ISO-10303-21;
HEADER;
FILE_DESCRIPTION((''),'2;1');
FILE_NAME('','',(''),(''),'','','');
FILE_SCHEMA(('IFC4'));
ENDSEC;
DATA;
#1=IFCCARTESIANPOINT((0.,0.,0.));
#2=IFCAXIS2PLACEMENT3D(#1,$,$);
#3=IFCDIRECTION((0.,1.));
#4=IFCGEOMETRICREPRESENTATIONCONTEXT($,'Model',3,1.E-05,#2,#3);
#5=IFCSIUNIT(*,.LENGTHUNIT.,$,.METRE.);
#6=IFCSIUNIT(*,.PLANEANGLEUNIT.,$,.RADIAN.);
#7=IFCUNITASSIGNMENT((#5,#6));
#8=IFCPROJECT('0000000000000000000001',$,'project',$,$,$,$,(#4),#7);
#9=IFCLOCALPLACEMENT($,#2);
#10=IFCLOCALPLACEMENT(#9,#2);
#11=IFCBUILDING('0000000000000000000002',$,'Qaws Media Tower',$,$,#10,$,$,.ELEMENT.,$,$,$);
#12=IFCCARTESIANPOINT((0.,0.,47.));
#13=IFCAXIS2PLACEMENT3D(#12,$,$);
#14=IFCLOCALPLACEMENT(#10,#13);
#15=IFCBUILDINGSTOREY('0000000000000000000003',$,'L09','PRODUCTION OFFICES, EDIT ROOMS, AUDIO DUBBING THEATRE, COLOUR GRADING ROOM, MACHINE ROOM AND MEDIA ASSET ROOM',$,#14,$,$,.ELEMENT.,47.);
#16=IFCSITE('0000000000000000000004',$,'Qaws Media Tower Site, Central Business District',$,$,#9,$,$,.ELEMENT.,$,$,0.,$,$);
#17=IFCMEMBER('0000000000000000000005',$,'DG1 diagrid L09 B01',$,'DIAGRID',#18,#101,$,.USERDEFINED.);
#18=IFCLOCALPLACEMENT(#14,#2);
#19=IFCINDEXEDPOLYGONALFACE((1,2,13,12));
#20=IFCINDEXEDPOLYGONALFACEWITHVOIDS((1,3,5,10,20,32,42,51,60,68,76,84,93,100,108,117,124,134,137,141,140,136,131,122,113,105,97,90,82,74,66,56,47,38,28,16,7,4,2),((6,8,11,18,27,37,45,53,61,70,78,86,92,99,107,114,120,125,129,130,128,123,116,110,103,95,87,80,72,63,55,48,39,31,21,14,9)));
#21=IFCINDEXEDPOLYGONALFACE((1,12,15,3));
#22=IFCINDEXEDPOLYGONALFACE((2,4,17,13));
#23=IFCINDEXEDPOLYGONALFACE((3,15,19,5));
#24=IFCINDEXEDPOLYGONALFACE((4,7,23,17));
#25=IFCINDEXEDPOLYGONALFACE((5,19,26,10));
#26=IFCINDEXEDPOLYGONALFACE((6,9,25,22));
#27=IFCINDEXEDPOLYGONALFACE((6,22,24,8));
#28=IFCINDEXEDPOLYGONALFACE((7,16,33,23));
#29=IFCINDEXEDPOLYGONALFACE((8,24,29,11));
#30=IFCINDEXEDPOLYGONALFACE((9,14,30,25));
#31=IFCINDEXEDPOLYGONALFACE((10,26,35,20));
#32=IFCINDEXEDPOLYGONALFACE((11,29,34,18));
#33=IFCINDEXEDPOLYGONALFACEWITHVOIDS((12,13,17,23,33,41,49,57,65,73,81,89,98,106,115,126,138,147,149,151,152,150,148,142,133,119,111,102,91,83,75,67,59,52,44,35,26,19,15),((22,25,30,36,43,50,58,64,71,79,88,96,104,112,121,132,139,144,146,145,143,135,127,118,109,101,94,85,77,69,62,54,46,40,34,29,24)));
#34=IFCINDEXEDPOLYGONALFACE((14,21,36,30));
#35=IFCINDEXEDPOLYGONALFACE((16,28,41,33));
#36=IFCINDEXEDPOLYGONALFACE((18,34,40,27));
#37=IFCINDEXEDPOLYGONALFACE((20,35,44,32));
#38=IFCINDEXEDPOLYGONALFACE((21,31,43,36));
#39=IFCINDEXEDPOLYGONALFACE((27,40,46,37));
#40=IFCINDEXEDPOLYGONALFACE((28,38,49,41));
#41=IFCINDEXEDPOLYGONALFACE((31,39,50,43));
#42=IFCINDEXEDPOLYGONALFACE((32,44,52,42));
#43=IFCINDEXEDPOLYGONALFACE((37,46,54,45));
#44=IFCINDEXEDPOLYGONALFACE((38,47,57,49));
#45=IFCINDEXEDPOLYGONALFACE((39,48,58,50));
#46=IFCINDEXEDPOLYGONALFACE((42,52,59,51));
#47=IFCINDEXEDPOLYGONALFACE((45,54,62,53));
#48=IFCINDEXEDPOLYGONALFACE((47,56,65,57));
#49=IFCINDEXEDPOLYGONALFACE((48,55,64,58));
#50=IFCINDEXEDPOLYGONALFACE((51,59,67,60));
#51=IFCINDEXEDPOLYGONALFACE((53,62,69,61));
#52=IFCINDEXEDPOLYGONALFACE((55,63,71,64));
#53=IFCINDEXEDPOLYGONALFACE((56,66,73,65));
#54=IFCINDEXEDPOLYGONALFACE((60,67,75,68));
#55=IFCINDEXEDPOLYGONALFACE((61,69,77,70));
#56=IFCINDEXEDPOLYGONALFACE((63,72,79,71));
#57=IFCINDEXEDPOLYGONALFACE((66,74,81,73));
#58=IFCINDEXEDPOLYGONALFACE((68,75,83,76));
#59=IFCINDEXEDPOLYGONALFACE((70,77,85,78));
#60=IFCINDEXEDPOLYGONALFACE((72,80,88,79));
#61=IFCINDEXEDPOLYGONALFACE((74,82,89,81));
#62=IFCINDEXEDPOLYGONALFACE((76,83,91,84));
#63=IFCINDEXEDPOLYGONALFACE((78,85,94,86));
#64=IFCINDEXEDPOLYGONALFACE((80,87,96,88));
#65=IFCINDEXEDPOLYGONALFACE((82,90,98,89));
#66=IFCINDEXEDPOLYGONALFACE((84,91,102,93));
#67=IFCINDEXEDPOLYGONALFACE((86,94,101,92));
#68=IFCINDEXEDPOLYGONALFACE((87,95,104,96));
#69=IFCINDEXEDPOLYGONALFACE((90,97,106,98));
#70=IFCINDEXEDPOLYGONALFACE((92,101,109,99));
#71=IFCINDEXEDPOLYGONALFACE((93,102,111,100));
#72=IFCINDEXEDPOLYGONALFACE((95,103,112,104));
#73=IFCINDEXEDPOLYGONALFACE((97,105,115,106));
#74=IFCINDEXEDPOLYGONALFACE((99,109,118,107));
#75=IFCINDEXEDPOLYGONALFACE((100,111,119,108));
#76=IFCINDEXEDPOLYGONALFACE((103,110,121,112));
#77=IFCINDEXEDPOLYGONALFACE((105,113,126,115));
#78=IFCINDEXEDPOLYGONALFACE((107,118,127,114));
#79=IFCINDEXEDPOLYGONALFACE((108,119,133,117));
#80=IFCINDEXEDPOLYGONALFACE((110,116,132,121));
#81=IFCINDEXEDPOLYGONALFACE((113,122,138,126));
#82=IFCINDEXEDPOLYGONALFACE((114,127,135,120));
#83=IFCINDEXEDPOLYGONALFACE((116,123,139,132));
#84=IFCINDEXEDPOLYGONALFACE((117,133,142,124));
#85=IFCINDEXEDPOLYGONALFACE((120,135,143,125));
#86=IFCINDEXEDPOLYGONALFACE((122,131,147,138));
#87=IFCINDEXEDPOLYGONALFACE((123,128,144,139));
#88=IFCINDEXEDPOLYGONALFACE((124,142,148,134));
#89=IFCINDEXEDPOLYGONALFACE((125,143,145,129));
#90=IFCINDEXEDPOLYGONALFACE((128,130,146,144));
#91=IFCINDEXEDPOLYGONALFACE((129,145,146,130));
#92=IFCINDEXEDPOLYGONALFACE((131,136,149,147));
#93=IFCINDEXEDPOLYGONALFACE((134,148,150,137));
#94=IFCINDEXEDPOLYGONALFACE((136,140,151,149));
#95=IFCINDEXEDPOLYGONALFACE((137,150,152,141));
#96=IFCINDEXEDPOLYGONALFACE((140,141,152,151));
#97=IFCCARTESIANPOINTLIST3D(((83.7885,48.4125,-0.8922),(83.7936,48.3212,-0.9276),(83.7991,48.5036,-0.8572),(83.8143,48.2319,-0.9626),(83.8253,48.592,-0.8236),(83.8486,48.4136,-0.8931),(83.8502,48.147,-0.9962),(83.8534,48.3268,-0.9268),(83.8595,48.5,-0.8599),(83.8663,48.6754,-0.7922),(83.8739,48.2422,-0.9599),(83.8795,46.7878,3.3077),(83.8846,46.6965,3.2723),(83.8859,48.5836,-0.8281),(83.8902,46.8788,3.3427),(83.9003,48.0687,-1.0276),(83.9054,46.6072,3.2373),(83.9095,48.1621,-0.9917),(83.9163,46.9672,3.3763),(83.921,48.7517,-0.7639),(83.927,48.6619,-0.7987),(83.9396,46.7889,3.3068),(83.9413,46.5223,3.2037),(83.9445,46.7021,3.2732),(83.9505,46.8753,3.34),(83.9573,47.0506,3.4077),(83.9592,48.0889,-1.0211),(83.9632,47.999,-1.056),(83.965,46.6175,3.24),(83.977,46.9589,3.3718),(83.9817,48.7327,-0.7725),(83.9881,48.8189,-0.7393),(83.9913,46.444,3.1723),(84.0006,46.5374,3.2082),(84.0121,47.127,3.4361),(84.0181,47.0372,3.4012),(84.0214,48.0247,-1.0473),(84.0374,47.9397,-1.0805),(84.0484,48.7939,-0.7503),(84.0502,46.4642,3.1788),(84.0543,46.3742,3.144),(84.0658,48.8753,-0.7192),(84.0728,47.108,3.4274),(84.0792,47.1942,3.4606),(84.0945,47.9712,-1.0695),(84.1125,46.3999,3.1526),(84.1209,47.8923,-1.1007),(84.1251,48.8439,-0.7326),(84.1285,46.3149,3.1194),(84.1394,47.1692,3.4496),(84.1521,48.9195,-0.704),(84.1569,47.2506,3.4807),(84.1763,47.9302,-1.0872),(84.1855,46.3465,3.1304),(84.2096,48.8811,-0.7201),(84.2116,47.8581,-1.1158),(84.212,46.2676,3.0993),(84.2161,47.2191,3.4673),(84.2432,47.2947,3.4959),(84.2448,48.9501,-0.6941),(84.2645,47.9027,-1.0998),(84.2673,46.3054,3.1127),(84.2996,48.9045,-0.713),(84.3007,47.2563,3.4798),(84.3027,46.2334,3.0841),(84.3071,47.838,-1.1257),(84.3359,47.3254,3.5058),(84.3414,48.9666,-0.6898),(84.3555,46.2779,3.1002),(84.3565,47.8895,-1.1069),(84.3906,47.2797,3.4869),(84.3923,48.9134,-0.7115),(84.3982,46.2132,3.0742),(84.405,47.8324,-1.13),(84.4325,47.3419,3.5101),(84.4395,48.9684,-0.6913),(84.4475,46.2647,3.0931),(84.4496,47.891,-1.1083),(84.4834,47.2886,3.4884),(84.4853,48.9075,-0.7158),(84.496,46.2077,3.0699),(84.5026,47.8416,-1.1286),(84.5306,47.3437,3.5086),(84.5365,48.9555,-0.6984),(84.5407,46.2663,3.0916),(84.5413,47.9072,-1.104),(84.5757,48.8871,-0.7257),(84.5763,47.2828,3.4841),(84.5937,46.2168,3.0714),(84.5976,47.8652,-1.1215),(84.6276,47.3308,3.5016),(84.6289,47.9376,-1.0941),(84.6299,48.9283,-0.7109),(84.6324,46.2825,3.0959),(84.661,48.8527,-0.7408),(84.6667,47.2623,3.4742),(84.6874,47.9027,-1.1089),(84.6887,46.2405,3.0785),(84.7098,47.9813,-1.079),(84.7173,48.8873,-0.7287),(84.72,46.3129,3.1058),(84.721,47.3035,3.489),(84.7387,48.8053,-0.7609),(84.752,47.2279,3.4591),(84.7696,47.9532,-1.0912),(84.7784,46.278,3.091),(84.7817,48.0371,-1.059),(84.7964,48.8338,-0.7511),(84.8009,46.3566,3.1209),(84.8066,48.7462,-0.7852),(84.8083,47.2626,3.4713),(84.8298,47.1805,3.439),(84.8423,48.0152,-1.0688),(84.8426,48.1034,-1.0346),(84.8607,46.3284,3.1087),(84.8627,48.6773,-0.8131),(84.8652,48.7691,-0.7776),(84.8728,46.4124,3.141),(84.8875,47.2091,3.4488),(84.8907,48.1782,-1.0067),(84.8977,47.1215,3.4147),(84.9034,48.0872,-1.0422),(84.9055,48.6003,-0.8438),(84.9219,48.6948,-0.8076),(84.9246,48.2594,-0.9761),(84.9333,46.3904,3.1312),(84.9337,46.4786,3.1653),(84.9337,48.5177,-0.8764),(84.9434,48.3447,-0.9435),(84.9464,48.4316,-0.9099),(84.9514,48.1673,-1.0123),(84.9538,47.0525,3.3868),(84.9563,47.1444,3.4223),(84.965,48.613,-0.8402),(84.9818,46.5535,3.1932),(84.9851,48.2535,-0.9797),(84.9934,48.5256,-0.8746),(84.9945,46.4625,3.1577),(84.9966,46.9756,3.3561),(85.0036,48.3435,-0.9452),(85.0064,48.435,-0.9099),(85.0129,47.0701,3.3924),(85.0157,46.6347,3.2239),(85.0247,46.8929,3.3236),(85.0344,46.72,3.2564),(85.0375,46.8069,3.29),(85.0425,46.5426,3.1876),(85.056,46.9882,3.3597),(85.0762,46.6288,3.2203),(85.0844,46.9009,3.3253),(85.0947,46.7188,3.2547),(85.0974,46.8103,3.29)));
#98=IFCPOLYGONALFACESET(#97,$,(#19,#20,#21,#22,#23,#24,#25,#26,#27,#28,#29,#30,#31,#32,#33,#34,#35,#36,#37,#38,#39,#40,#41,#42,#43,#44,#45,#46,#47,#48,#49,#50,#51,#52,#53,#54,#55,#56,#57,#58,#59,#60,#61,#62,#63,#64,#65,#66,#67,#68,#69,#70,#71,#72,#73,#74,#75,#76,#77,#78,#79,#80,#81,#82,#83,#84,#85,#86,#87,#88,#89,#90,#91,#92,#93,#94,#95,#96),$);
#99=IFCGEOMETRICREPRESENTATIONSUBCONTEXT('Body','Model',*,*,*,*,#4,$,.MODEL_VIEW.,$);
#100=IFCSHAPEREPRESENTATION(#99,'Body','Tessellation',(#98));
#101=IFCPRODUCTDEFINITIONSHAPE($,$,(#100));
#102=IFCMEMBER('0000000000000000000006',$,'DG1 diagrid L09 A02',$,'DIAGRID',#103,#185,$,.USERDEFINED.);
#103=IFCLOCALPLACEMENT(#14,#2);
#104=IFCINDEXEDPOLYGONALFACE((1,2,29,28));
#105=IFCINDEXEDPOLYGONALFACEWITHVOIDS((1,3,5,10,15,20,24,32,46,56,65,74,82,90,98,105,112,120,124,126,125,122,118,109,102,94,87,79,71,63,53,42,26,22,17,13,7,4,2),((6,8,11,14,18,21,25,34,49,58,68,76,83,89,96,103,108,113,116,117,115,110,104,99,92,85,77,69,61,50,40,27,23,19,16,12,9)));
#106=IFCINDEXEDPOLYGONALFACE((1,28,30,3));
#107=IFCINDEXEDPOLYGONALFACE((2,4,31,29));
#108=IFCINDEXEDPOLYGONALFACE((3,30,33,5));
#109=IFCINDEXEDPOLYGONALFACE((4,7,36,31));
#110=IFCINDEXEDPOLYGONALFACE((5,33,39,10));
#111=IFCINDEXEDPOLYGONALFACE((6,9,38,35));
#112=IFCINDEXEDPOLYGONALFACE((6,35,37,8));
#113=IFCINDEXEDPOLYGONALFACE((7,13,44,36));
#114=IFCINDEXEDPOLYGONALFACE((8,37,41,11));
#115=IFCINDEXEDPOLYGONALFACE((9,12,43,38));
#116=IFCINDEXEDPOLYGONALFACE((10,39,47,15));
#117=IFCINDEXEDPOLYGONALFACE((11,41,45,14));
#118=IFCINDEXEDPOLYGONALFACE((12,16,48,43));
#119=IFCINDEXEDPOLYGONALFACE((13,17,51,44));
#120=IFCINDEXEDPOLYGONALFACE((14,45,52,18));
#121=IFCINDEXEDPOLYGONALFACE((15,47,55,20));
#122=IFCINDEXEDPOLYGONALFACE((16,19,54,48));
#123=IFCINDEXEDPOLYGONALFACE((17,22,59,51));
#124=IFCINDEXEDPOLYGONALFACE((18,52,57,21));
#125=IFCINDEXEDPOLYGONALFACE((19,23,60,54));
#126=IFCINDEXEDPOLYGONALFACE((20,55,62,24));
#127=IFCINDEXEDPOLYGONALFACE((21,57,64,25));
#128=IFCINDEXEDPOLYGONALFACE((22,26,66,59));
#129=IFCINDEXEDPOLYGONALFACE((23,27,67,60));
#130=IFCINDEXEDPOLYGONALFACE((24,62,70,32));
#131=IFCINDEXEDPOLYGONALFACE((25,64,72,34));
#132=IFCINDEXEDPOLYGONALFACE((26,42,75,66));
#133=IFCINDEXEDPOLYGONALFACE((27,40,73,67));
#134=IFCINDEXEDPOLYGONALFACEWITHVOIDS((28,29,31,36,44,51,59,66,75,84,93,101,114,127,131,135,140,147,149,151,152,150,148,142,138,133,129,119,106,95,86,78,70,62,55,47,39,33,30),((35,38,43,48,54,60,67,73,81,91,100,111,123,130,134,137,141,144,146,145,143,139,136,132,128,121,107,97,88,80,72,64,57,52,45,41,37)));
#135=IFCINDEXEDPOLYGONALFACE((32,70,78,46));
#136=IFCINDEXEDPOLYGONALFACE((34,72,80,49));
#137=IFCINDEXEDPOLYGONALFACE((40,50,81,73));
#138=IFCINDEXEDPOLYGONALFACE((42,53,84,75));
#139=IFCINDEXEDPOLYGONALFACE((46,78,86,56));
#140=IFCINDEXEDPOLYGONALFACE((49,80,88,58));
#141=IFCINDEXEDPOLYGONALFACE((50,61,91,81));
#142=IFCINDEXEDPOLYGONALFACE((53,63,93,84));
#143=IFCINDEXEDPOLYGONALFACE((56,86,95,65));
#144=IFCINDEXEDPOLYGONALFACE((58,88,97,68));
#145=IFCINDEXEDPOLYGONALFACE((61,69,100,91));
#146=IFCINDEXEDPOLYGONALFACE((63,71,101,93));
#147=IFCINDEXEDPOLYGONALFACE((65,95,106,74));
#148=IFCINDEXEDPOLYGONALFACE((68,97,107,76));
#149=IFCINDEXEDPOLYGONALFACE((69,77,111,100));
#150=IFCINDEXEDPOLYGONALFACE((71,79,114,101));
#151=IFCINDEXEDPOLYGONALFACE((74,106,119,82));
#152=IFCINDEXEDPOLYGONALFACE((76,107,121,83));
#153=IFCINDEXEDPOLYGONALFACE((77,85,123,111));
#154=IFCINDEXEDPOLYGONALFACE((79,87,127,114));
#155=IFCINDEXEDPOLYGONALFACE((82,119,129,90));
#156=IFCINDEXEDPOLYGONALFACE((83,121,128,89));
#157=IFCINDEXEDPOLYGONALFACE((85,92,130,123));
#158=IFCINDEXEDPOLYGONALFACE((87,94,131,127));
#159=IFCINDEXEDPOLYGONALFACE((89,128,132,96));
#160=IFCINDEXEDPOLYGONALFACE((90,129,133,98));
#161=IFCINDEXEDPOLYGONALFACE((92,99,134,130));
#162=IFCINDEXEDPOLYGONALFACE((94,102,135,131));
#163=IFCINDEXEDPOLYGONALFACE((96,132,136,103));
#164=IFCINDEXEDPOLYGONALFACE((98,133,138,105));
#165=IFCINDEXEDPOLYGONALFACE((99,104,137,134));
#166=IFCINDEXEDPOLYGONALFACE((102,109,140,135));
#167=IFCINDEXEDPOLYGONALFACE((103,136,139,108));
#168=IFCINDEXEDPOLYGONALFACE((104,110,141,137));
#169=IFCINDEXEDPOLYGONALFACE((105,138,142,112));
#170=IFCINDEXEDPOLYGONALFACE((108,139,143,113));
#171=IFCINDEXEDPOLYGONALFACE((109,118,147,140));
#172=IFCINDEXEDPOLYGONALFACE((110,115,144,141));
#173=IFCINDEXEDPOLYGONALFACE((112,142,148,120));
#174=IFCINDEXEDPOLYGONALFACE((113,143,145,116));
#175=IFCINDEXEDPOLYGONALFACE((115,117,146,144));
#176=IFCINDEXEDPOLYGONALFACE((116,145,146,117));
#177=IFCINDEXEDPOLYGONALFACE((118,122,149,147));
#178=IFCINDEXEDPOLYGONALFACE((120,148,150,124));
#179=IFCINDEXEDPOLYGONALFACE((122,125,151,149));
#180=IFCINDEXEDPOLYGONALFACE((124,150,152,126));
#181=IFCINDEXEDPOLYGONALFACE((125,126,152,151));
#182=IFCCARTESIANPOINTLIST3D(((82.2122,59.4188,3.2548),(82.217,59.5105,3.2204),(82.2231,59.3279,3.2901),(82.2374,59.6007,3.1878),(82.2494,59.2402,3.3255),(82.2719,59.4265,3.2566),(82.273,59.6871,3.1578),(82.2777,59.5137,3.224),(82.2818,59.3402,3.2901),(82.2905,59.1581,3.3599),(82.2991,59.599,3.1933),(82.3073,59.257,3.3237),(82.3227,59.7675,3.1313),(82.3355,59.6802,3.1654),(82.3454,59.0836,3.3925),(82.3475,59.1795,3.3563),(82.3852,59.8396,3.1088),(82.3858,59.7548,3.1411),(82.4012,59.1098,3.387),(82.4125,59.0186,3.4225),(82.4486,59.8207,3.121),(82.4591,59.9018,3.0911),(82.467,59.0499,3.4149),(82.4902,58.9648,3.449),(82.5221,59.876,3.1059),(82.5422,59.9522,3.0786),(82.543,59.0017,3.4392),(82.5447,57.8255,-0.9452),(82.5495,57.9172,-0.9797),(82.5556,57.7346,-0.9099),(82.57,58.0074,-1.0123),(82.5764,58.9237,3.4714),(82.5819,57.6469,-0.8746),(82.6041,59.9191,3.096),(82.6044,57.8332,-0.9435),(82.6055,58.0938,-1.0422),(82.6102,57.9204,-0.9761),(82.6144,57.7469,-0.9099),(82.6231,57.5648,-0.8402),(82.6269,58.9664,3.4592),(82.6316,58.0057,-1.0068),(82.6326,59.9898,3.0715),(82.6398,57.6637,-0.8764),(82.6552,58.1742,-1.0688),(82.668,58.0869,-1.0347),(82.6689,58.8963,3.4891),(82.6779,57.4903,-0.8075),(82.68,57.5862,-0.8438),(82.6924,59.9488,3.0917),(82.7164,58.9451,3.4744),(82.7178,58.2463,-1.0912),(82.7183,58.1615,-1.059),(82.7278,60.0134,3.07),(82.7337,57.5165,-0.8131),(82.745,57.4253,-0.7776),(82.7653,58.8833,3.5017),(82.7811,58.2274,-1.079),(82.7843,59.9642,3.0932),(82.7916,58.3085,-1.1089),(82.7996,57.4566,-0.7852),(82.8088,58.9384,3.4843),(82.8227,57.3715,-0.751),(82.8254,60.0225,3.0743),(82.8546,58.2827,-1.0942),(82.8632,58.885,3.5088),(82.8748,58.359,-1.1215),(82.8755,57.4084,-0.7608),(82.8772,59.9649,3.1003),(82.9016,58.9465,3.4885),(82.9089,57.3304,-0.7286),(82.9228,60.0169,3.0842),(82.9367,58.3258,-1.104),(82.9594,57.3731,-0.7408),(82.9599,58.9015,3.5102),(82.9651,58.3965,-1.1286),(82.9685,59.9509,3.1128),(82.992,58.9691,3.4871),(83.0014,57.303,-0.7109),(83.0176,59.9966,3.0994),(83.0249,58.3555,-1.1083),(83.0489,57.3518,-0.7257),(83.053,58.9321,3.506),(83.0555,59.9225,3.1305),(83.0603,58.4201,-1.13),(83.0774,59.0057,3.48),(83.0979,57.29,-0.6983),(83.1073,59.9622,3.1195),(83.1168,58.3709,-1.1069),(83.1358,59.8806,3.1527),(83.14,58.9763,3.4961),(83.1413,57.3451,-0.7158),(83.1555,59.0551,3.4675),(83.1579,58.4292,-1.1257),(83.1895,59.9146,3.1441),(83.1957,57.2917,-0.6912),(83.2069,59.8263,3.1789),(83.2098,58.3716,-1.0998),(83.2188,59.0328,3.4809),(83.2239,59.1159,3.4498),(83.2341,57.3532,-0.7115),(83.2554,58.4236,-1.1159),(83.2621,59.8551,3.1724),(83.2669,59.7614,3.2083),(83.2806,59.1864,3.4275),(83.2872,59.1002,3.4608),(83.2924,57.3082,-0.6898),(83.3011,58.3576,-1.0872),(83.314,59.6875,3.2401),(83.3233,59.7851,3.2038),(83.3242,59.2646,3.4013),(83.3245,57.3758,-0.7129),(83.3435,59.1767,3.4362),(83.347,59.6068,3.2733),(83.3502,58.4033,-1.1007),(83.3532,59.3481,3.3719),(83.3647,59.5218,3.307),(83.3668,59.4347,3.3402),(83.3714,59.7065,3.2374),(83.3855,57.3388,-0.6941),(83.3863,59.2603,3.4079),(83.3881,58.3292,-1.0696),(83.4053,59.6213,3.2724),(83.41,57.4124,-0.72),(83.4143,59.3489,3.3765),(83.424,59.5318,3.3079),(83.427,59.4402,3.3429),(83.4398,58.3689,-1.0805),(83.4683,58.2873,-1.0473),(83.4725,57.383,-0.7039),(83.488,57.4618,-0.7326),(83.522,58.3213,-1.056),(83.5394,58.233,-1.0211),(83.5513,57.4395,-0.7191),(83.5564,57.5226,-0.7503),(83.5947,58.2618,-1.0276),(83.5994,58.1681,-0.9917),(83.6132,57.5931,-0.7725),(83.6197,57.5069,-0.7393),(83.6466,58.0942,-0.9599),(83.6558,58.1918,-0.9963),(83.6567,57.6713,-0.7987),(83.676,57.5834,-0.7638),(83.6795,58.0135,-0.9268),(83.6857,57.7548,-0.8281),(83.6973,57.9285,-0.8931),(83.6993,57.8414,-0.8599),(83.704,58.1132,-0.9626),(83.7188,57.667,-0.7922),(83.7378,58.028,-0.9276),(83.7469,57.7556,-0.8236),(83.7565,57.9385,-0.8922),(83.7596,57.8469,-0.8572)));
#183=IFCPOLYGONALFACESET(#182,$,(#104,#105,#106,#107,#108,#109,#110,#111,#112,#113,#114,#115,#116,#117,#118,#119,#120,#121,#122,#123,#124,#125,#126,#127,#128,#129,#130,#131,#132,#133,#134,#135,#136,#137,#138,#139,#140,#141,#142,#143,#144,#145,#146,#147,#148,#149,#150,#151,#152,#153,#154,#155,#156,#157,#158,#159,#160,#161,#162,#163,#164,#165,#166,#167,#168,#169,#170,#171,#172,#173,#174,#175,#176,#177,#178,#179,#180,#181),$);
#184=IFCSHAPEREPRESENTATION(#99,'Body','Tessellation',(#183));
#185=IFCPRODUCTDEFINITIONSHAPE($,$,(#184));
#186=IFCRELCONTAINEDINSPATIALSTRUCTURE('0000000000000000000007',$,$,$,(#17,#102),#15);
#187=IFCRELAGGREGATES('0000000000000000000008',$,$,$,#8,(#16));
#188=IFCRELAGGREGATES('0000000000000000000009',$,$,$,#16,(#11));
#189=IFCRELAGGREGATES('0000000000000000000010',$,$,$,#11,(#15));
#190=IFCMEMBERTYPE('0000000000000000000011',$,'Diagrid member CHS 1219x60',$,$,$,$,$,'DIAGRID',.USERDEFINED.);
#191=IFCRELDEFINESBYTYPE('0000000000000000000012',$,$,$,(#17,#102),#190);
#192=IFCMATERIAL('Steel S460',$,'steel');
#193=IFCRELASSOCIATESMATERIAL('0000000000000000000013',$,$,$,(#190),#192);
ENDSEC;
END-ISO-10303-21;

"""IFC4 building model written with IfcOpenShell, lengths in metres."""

from ifc_helpers import new_model, si_unit, direction, frame, origin, origin_2d, place, context, subcontext, project, spatial, hollow_circle, extrude, material, material_profile, profile_set, type_object, element, save


model = new_model("IFC4")

# Units and contexts
model_context = context("Model", 3, precision=1e-05, world=origin(), true_north=direction((0.0, 1.0)))
body_context = subcontext(model_context, "Body", "Model", "MODEL_VIEW")
ifc_project = project(units=[si_unit("LENGTHUNIT", "METRE"), si_unit("PLANEANGLEUNIT", "RADIAN")], contexts=[model_context])

# Site, building, storey
site_placement = place(None, origin())
site = spatial("IfcSite", under=ifc_project, at=site_placement, Name="Qaws Media Tower Site, Central Business District", CompositionType="ELEMENT", RefElevation=0.0)
building_placement = place(site_placement, origin())
building = spatial("IfcBuilding", under=site, at=building_placement, Name="Qaws Media Tower", CompositionType="ELEMENT")
storey_placement = place(building_placement, frame((0.0, 0.0, 47.0)))
storey = spatial("IfcBuildingStorey", under=building, at=storey_placement, Name="L09", Description="PRODUCTION OFFICES, EDIT ROOMS, AUDIO DUBBING THEATRE, COLOUR GRADING ROOM, MACHINE ROOM AND MEDIA ASSET ROOM", CompositionType="ELEMENT", Elevation=47.0)

# Members
ifc_material_1 = material(Name="Steel S460", Category="steel")
ifc_material_profile_1 = material_profile(ifc_material_1, hollow_circle(Radius=0.6096, WallThickness=0.0601, at=origin_2d()), Name="CHS 1219x60")
ifc_profile_set_1 = profile_set([ifc_material_profile_1], Name="Steel S460")
member_type_1 = type_object("IfcMemberType", Name="Diagrid member CHS 1219x60", ElementType="DIAGRID", PredefinedType="USERDEFINED", material=ifc_profile_set_1)
for number, where, z_axis, x_axis, name in (
    (1, (84.3977, 48.4009, -0.9099), (0.020218, -0.360721, 0.932455), (0.998433, 0.05596, 0.0), "DG1 diagrid L09 B01"),
):
    element("IfcMember", number, at=place(storey_placement, frame(where, z_axis=z_axis, x_axis=x_axis)), inside=storey, type_object=member_type_1, Name=name, ObjectType="DIAGRID", PredefinedType="USERDEFINED", context=body_context, shape_type="SweptSolid", body=[
        extrude(hollow_circle(Radius=0.6096, WallThickness=0.0601, at=origin_2d()), origin(), (0.0, 0.0, 1.0), 4.5042),
    ])
for number, where, z_axis, x_axis, name in (
    (2, (83.1523, 57.8591, -0.9099), (-0.073823, 0.353721, 0.932433), (-0.978908, -0.204302, 0.0), "DG1 diagrid L09 A02"),
):
    element("IfcMember", number, at=place(storey_placement, frame(where, z_axis=z_axis, x_axis=x_axis)), inside=storey, type_object=member_type_1, Name=name, ObjectType="DIAGRID", PredefinedType="USERDEFINED", context=body_context, shape_type="SweptSolid", body=[
        extrude(hollow_circle(Radius=0.6096, WallThickness=0.0601, at=origin_2d()), origin(), (0.0, 0.0, 1.0), 4.5044),
    ])

save(model, "model.ifc")
